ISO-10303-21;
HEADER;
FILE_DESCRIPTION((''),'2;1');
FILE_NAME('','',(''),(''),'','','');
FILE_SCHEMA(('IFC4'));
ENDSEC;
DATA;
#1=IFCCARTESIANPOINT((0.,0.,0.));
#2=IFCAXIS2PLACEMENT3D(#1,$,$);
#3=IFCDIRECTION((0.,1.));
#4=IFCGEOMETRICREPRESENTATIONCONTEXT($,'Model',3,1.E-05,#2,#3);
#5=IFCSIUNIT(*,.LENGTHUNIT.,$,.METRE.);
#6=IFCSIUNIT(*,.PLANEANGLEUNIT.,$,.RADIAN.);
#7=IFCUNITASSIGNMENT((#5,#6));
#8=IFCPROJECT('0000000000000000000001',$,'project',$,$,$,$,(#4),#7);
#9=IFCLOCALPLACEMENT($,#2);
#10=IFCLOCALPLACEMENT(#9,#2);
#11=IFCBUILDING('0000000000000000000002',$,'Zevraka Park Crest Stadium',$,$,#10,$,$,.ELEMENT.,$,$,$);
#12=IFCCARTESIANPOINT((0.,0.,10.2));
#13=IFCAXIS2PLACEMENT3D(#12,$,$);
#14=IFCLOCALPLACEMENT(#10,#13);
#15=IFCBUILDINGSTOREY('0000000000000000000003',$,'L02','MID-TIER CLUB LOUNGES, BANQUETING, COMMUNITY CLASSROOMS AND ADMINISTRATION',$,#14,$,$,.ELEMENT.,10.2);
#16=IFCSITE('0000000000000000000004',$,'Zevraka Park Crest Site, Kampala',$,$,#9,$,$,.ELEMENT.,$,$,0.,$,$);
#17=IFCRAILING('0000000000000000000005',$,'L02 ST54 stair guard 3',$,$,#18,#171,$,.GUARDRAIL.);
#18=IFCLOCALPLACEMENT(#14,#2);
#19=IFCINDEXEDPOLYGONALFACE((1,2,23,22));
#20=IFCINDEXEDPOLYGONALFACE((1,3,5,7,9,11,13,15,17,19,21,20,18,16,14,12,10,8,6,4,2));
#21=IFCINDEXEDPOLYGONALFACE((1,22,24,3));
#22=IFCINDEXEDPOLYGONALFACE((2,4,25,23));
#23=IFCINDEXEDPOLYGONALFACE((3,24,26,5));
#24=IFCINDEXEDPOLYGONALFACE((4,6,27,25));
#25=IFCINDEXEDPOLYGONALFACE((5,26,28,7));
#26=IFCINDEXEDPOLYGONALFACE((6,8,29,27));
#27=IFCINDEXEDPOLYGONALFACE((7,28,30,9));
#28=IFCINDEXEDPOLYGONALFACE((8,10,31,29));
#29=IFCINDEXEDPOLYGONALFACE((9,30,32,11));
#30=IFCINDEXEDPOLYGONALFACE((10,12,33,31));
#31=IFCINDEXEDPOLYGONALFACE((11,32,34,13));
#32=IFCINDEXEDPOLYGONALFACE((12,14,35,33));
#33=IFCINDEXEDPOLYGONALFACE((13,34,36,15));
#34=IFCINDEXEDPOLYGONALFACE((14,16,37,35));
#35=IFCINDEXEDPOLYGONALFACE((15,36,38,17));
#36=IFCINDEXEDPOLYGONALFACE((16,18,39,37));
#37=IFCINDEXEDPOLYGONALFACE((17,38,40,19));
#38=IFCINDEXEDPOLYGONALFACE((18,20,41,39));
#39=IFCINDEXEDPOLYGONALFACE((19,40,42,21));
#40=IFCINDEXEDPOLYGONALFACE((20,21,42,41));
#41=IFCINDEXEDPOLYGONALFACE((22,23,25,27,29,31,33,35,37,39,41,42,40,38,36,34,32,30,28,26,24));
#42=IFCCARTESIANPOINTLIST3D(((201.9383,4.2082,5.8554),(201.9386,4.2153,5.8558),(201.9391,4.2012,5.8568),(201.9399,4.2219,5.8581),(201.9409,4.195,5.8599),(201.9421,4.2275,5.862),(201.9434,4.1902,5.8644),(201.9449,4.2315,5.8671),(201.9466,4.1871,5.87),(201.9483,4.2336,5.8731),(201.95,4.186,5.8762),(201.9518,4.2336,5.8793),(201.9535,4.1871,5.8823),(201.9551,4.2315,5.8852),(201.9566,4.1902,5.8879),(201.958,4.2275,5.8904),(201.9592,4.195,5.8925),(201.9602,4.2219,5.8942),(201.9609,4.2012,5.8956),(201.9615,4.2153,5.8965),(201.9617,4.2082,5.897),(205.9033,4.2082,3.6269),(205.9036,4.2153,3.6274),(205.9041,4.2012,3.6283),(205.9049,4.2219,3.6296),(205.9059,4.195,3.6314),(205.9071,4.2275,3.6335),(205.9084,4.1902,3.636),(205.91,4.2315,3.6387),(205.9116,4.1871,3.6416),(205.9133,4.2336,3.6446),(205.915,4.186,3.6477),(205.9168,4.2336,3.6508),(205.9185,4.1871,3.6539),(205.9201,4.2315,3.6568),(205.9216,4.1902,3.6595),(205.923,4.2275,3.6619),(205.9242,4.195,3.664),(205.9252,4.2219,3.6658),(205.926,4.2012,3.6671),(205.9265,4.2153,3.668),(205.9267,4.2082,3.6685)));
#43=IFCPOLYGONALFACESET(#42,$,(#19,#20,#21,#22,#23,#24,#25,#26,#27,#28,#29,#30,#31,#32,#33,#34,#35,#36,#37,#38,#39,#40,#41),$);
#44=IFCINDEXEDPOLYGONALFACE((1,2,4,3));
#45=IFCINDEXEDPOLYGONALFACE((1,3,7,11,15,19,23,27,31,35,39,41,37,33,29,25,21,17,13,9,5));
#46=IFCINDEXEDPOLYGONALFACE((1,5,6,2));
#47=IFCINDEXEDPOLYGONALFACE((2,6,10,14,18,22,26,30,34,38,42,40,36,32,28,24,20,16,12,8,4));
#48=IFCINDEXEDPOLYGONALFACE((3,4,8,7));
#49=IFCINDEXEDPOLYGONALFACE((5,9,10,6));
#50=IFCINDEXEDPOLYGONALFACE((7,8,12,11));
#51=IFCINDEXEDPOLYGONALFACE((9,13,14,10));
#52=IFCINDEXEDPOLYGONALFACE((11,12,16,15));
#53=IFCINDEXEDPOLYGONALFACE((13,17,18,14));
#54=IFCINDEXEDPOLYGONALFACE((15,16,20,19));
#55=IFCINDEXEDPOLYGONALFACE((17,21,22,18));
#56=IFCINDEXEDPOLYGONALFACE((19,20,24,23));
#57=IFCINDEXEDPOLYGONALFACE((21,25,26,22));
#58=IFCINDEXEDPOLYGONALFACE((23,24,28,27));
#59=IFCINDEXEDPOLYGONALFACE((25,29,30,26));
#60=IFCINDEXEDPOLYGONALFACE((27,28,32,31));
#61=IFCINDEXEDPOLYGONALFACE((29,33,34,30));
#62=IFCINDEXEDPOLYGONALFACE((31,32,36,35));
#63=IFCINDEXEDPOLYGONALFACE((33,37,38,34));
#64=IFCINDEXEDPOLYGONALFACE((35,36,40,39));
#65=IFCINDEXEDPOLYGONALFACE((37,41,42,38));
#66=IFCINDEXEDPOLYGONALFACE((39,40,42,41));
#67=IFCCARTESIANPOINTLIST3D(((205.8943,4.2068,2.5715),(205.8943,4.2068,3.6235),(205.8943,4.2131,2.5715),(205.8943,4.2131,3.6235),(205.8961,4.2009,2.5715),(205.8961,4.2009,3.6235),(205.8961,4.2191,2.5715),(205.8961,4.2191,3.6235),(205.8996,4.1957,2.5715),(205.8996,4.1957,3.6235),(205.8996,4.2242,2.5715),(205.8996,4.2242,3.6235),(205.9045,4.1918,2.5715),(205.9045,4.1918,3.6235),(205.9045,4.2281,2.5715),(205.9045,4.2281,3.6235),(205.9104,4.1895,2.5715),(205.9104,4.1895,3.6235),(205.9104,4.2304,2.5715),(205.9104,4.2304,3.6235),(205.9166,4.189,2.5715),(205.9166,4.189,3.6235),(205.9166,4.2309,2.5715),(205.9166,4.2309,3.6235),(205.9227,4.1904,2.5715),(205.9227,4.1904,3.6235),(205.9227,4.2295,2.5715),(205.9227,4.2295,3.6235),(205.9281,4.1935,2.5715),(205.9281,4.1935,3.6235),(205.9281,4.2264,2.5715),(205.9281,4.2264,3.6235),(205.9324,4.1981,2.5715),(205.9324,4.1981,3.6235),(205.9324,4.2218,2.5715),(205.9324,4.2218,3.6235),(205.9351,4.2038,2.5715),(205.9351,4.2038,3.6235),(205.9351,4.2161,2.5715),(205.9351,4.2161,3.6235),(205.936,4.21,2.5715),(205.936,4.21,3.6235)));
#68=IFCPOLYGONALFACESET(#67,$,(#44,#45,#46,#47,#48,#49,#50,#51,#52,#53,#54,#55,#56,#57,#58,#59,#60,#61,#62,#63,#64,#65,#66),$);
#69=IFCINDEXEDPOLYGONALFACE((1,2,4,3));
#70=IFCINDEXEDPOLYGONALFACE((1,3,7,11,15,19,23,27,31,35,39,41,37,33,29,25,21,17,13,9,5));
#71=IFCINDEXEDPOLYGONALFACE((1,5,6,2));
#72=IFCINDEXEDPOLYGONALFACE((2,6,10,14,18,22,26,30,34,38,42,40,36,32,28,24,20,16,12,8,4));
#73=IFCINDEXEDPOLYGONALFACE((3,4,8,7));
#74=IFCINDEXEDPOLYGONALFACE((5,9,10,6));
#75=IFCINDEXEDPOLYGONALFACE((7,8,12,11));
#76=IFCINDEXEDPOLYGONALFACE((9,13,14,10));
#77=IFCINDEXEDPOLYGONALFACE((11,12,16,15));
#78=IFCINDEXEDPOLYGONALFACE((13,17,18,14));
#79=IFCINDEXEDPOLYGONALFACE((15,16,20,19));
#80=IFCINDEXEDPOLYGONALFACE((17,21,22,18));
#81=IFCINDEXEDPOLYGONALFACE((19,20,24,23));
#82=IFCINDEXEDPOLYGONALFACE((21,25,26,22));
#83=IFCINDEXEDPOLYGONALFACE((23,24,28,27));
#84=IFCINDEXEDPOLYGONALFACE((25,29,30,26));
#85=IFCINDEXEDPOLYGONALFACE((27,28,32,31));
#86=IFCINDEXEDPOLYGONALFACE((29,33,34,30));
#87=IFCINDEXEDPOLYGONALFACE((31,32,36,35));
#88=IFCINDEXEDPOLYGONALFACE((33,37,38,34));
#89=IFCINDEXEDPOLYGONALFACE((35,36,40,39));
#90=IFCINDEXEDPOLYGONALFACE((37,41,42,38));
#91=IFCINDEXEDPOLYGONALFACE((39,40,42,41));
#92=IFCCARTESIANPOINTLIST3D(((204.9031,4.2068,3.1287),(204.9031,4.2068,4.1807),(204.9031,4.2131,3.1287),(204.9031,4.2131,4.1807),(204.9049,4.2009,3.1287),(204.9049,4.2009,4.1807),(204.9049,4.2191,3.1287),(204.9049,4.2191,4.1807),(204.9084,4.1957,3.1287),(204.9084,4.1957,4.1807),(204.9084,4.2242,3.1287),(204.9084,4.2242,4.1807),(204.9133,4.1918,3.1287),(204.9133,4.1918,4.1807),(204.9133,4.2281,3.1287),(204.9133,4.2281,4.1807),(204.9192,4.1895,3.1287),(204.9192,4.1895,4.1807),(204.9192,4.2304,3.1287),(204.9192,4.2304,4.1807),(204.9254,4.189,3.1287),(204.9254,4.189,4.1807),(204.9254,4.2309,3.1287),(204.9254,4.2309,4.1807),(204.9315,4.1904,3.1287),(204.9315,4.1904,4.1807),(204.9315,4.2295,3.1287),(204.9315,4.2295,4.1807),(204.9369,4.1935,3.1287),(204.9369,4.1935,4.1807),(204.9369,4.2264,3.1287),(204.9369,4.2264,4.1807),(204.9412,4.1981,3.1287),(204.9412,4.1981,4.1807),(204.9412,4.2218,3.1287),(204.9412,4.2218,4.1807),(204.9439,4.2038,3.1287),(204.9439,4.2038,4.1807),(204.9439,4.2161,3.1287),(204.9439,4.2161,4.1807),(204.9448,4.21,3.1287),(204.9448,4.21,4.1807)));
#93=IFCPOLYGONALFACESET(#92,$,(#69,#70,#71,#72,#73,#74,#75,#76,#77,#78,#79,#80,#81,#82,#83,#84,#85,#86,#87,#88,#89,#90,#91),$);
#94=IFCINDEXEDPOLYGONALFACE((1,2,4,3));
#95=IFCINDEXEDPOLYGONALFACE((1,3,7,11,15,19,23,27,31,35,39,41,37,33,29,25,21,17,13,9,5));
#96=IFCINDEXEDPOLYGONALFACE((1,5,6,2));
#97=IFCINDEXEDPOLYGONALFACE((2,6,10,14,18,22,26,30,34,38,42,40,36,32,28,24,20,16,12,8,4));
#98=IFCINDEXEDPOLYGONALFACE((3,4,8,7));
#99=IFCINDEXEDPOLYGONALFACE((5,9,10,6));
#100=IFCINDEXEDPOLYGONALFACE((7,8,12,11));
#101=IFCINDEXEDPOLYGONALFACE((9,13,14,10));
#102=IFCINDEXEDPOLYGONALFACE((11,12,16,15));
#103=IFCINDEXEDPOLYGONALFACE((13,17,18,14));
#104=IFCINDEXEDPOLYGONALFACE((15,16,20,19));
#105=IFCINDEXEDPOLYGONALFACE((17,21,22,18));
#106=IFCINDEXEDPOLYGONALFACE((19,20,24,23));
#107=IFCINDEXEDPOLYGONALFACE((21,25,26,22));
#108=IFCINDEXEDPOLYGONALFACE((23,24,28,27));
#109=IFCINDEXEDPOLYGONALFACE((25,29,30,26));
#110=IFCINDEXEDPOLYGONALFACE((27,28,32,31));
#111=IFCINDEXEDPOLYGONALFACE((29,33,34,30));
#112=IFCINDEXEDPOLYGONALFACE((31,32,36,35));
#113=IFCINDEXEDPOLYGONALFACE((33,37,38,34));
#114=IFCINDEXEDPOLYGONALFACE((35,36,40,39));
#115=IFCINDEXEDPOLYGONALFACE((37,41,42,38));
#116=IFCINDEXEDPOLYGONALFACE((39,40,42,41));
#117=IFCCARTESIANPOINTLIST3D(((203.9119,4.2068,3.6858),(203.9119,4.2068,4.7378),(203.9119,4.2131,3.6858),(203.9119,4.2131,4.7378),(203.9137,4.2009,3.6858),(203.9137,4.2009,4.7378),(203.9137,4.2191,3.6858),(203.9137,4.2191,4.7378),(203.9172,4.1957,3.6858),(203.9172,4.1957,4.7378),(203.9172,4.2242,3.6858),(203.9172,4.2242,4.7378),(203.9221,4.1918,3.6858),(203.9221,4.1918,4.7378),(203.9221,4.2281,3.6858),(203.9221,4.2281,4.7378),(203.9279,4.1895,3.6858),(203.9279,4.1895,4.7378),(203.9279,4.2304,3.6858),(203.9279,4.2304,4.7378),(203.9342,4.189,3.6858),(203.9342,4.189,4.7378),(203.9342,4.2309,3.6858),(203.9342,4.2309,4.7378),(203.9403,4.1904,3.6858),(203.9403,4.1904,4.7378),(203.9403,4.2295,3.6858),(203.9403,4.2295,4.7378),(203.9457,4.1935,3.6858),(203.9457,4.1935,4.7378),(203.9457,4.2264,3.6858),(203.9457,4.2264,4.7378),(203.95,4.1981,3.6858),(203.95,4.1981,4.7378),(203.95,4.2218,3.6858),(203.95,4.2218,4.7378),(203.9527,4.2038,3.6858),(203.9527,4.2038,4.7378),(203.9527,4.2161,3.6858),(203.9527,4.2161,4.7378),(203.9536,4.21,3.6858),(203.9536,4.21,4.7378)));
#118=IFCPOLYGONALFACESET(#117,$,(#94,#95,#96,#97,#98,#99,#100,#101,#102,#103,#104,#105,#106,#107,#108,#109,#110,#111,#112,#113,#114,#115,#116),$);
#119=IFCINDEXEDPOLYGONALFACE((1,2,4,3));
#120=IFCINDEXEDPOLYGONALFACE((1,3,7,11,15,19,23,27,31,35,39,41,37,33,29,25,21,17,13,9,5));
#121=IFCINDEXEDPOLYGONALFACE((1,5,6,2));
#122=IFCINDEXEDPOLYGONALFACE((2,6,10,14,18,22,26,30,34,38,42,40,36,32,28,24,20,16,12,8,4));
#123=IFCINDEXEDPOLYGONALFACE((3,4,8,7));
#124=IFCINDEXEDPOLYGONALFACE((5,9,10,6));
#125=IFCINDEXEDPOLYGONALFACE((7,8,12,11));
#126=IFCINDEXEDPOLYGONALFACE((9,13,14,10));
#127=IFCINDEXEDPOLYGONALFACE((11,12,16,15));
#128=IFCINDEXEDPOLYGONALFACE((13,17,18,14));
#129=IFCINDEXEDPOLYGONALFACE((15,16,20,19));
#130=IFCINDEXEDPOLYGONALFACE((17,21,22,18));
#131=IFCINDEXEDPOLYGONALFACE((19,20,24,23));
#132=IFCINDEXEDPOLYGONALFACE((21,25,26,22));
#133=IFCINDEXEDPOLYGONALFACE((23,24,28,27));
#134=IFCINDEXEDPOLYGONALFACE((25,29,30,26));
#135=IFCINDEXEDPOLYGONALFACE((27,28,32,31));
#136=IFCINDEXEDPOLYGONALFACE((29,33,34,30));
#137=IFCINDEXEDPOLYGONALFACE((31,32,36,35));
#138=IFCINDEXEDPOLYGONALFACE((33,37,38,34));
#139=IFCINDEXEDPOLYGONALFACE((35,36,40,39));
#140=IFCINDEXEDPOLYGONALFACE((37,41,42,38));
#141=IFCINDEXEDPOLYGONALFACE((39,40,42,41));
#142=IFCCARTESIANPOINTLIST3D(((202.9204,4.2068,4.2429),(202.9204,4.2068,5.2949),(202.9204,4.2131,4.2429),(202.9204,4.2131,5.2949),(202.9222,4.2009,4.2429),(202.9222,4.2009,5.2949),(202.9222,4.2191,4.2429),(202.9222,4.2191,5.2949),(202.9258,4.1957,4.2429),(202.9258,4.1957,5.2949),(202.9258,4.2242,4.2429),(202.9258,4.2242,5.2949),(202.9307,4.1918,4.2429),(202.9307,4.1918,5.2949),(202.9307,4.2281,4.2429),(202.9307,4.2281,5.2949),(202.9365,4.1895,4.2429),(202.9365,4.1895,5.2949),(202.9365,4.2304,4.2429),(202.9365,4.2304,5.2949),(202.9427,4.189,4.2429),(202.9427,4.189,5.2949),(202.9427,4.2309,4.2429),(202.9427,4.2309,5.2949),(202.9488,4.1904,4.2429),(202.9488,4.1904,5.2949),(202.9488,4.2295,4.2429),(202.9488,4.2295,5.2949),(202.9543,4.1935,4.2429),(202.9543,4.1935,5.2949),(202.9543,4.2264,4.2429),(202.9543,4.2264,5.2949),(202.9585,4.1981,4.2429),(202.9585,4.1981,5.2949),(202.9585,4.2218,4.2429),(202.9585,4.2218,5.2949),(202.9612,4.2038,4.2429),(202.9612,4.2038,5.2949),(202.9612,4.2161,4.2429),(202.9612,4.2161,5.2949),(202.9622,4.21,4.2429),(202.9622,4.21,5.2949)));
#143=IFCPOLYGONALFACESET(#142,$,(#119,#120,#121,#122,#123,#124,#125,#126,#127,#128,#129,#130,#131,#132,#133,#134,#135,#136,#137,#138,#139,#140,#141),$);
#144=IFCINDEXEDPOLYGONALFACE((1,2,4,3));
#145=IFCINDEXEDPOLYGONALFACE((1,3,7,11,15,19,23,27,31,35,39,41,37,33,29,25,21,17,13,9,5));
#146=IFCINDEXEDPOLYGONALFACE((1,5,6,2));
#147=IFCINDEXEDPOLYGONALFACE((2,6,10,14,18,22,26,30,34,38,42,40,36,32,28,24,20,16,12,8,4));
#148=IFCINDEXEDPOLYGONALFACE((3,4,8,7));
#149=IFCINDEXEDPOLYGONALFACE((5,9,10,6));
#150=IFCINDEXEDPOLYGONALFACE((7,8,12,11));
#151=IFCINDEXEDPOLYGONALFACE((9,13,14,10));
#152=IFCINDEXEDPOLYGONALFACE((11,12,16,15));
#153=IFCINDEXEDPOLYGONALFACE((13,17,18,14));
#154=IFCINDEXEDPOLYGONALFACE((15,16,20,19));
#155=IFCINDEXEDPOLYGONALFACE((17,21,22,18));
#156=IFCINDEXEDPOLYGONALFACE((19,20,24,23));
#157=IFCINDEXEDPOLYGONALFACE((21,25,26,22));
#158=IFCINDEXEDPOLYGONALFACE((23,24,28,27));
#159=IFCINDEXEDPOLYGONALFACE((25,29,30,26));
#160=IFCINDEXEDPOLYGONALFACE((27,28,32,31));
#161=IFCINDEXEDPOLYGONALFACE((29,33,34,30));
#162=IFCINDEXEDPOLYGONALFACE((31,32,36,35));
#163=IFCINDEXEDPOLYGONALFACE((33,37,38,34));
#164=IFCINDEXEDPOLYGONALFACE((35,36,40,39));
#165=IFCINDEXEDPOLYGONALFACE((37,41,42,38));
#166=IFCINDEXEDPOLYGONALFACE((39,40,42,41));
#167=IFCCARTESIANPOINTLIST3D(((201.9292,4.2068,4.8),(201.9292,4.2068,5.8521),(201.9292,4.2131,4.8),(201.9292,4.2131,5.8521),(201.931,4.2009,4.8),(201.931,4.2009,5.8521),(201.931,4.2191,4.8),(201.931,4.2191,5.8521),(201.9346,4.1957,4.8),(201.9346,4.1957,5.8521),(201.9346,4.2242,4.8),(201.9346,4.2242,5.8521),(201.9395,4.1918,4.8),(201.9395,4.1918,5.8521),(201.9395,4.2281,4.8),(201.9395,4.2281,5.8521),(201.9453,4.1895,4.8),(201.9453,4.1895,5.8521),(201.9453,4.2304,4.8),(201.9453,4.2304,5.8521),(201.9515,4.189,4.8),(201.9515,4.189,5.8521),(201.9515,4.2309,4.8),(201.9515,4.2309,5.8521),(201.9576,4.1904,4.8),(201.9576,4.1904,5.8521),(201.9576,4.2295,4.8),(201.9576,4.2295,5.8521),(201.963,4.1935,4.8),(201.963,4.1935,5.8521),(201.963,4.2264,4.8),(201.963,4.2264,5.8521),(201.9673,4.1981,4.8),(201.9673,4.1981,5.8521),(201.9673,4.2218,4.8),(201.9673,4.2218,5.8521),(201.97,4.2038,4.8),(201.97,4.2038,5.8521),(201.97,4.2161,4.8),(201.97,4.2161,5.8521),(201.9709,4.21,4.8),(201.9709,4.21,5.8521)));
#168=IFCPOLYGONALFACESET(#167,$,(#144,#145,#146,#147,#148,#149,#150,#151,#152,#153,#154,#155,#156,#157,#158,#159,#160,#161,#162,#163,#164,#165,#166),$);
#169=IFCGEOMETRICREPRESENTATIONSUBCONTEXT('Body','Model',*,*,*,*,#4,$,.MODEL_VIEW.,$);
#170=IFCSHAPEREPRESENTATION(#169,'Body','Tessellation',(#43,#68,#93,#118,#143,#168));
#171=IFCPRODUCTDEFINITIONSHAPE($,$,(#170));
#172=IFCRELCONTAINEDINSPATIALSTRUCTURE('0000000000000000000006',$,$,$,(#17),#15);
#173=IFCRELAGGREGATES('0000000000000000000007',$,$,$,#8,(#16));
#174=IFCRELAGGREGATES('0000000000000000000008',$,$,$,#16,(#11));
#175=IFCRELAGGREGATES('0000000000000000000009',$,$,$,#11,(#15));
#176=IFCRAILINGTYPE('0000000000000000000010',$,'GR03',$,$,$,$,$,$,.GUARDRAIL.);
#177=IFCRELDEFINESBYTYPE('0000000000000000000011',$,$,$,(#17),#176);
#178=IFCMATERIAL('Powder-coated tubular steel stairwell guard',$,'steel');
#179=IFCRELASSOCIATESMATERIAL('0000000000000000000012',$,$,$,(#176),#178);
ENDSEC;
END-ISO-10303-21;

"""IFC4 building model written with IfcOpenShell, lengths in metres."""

from ifc_helpers import new_model, si_unit, direction, frame, origin, origin_2d, place, context, subcontext, project, spatial, circle, extrude, material, type_object, element, save


model = new_model("IFC4")

# Units and contexts
model_context = context("Model", 3, precision=1e-05, world=origin(), true_north=direction((0.0, 1.0)))
body_context = subcontext(model_context, "Body", "Model", "MODEL_VIEW")
ifc_project = project(units=[si_unit("LENGTHUNIT", "METRE"), si_unit("PLANEANGLEUNIT", "RADIAN")], contexts=[model_context])

# Site, building, storey
site_placement = place(None, origin())
site = spatial("IfcSite", under=ifc_project, at=site_placement, Name="Zevraka Park Crest Site, Kampala", CompositionType="ELEMENT", RefElevation=0.0)
building_placement = place(site_placement, origin())
building = spatial("IfcBuilding", under=site, at=building_placement, Name="Zevraka Park Crest Stadium", CompositionType="ELEMENT")
storey_placement = place(building_placement, frame((0.0, 0.0, 10.2)))
storey = spatial("IfcBuildingStorey", under=building, at=storey_placement, Name="L02", Description="MID-TIER CLUB LOUNGES, BANQUETING, COMMUNITY CLASSROOMS AND ADMINISTRATION", CompositionType="ELEMENT", Elevation=10.2)

# Railing
ifc_material_1 = material(Name="Powder-coated tubular steel stairwell guard", Category="steel")
railing_type_1 = type_object("IfcRailingType", Name="GR03", PredefinedType="GUARDRAIL", material=ifc_material_1)
railing_1_placement = place(storey_placement, frame((205.915, 4.21, 2.5715)))
element("IfcRailing", 1, at=railing_1_placement, inside=storey, type_object=railing_type_1, Name="L02 ST54 stair guard 3", PredefinedType="GUARDRAIL", context=body_context, shape_type="SweptSolid", body=[
    extrude(circle(Radius=0.0239, at=origin_2d()), frame((0.0, 0.0, 1.0762), z_axis=(-0.871749, 0.0, 0.489953), x_axis=(0.0, -1.0, 0.0)), (0.0, 0.0, 1.0), 4.5483),
    extrude(circle(Radius=0.021, at=origin_2d()), origin(), (0.0, 0.0, 1.0), 1.052),
    extrude(circle(Radius=0.021, at=origin_2d()), frame((-0.9912, 0.0, 0.5571)), (0.0, 0.0, 1.0), 1.052),
    extrude(circle(Radius=0.021, at=origin_2d()), frame((-1.9824, 0.0, 1.1143)), (0.0, 0.0, 1.0), 1.052),
    extrude(circle(Radius=0.021, at=origin_2d()), frame((-2.9739, 0.0, 1.6714)), (0.0, 0.0, 1.0), 1.052),
    extrude(circle(Radius=0.021, at=origin_2d()), frame((-3.9651, 0.0, 2.2285)), (0.0, 0.0, 1.0), 1.052),
])

save(model, "model.ifc")
